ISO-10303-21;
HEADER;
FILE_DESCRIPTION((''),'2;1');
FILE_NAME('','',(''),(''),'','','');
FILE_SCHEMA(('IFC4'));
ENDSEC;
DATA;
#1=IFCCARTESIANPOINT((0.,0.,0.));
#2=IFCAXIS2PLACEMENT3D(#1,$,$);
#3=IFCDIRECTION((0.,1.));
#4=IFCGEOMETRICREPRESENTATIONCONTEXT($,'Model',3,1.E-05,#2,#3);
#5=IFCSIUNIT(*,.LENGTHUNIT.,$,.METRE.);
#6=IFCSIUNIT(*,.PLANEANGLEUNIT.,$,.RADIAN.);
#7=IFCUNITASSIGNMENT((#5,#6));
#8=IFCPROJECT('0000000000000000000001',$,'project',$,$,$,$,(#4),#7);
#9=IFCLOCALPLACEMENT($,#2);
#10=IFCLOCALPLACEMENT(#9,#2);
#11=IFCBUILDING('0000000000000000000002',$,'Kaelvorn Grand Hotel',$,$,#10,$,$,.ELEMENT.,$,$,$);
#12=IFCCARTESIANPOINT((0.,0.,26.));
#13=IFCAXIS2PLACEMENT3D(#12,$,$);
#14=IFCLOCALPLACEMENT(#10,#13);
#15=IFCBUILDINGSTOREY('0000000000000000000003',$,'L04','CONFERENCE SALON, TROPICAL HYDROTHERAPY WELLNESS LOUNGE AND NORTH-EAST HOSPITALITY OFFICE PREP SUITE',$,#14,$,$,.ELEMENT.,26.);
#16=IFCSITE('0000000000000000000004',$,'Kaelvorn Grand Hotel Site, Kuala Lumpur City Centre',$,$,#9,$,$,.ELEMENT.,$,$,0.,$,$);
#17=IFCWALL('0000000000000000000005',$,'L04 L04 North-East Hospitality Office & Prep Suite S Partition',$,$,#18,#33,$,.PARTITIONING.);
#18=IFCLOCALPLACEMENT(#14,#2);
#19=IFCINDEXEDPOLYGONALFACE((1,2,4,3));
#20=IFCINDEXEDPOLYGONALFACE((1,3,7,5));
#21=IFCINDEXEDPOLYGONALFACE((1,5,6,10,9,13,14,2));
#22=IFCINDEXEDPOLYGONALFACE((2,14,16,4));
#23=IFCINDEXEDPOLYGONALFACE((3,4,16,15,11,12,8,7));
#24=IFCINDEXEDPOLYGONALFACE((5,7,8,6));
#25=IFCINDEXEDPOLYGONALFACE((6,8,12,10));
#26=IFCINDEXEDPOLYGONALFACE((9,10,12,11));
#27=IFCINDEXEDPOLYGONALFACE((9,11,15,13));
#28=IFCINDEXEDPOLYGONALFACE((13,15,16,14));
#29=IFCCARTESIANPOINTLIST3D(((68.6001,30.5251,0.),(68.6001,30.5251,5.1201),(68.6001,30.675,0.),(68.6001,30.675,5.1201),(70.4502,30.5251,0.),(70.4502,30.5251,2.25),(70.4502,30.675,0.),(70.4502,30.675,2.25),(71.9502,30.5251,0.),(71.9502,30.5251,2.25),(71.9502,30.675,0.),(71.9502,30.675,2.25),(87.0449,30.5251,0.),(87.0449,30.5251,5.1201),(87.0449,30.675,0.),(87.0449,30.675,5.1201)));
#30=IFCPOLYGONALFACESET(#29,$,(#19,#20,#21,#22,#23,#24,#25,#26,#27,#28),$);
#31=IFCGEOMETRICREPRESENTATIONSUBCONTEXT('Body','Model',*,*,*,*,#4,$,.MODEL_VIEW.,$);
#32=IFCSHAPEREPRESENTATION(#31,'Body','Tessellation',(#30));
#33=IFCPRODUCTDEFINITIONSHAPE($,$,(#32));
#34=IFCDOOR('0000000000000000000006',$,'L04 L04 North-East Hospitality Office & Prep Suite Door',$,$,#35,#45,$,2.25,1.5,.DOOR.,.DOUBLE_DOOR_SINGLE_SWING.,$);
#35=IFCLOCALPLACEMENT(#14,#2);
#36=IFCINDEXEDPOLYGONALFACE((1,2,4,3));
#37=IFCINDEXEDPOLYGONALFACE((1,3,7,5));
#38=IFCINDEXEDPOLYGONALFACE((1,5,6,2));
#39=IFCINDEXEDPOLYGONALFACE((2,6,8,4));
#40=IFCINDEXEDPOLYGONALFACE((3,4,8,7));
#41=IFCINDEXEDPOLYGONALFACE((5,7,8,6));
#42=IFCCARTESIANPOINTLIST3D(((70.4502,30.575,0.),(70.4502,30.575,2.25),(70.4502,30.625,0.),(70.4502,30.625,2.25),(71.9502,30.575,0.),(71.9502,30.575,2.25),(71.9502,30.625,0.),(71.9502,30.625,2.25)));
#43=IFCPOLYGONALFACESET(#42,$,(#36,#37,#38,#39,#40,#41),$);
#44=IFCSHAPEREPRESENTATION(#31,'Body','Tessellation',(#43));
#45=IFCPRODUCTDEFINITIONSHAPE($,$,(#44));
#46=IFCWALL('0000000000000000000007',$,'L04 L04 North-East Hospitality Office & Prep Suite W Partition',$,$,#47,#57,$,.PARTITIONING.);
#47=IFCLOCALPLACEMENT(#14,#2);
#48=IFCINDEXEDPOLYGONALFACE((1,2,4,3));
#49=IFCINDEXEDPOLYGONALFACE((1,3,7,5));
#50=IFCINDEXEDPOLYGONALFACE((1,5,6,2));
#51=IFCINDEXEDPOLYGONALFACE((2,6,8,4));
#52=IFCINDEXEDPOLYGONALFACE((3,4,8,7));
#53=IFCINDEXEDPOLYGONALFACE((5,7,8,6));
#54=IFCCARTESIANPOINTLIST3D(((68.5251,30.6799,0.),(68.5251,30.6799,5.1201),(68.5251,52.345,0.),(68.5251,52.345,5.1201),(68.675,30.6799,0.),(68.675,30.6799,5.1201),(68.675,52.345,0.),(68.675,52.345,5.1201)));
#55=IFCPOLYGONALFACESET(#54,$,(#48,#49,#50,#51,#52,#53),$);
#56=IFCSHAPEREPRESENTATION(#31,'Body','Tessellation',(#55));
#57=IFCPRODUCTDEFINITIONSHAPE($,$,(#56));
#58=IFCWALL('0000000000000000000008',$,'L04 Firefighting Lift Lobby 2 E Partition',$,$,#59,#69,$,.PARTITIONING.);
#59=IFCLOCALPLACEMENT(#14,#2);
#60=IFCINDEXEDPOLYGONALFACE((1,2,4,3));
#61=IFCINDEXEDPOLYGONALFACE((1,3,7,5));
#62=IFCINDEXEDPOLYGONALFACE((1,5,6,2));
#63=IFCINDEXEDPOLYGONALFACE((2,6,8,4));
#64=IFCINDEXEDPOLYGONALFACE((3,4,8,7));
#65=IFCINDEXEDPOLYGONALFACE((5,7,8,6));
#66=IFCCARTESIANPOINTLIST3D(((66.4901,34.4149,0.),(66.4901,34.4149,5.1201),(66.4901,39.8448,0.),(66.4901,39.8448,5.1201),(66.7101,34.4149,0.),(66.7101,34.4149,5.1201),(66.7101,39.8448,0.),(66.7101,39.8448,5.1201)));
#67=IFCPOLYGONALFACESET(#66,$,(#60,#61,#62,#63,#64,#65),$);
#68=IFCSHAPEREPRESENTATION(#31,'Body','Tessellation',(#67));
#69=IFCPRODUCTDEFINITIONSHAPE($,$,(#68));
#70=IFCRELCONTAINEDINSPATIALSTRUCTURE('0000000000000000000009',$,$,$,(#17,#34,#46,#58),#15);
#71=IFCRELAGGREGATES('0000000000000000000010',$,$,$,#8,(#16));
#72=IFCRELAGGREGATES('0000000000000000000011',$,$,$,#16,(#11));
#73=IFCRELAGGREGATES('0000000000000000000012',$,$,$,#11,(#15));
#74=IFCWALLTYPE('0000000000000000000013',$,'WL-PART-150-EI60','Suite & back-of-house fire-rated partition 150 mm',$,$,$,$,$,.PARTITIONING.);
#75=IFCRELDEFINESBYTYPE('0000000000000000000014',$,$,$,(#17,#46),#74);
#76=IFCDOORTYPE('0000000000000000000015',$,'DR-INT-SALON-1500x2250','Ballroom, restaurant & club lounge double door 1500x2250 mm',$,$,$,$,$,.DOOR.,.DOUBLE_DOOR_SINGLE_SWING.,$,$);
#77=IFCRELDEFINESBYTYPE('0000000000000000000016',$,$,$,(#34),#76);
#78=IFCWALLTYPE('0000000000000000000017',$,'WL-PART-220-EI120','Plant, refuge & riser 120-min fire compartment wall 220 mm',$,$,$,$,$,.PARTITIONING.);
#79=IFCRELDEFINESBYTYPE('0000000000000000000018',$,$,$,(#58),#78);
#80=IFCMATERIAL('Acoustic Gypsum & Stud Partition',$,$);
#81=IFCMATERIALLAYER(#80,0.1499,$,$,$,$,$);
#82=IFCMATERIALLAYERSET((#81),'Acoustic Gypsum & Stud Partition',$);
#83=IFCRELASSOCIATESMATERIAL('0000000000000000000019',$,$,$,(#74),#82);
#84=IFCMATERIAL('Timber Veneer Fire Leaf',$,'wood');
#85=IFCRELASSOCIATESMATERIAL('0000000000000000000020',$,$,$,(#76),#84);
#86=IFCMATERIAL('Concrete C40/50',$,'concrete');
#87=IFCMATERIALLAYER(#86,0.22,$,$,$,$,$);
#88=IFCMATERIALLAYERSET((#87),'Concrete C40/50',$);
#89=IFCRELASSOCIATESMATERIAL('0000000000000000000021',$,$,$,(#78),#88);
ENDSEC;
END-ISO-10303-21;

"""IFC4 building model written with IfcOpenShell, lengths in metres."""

from ifc_helpers import new_model, si_unit, direction, frame, frame_2d, origin, place, context, subcontext, project, spatial, rectangle, extrude, material, layer, layer_set, type_object, element, fill, save


model = new_model("IFC4")

# Units and contexts
model_context = context("Model", 3, precision=1e-05, world=origin(), true_north=direction((0.0, 1.0)))
body_context = subcontext(model_context, "Body", "Model", "MODEL_VIEW")
ifc_project = project(units=[si_unit("LENGTHUNIT", "METRE"), si_unit("PLANEANGLEUNIT", "RADIAN")], contexts=[model_context])

# Site, building, storey
site_placement = place(None, origin())
site = spatial("IfcSite", under=ifc_project, at=site_placement, Name="Kaelvorn Grand Hotel Site, Kuala Lumpur City Centre", CompositionType="ELEMENT", RefElevation=0.0)
building_placement = place(site_placement, origin())
building = spatial("IfcBuilding", under=site, at=building_placement, Name="Kaelvorn Grand Hotel", CompositionType="ELEMENT")
storey_placement = place(building_placement, frame((0.0, 0.0, 26.0)))
storey = spatial("IfcBuildingStorey", under=building, at=storey_placement, Name="L04", Description="CONFERENCE SALON, TROPICAL HYDROTHERAPY WELLNESS LOUNGE AND NORTH-EAST HOSPITALITY OFFICE PREP SUITE", CompositionType="ELEMENT", Elevation=26.0)

# Shared definitions
ifc_material_1 = material(Name="Concrete C40/50", Category="concrete")

# Wall, opening, door
ifc_material_2 = material(Name="Acoustic Gypsum & Stud Partition")
ifc_layer_1 = layer(ifc_material_2, 0.1499)
ifc_layer_set_1 = layer_set([ifc_layer_1], Name="Acoustic Gypsum & Stud Partition")
wall_type_1 = type_object("IfcWallType", Name="WL-PART-150-EI60", Description="Suite & back-of-house fire-rated partition 150 mm", PredefinedType="PARTITIONING", material=ifc_layer_set_1)
wall_1_placement = place(storey_placement, frame((68.6001, 30.6001, 0.0), z_axis=(0.0, 0.0, 1.0), x_axis=(1.0, 0.0, 0.0)))
wall_1 = element("IfcWall", 1, at=wall_1_placement, inside=storey, type_object=wall_type_1, Name="L04 L04 North-East Hospitality Office & Prep Suite S Partition", PredefinedType="PARTITIONING", context=body_context, shape_type="SweptSolid", body=[
    extrude(rectangle(XDim=18.4448, YDim=0.1499, at=frame_2d((9.2224, 0.0))), origin(), (0.0, 0.0, 1.0), 5.1201),
])
opening_1_placement = place(wall_1_placement, frame((1.8501, 0.0, 0.0)))
opening_1 = element("IfcOpeningElement", 2, at=opening_1_placement, cuts=wall_1, PredefinedType="OPENING", context=body_context, shape_type="SweptSolid", body=[
    extrude(rectangle(XDim=1.5, YDim=2.25, at=frame_2d((0.75, 1.125))), frame((0.0, 0.085, 0.0), z_axis=(0.0, -1.0, 0.0), x_axis=(1.0, 0.0, 0.0)), (0.0, 0.0, 1.0), 0.1699),
])
ifc_material_3 = material(Name="Timber Veneer Fire Leaf", Category="wood")
door_type = type_object("IfcDoorType", Name="DR-INT-SALON-1500x2250", Description="Ballroom, restaurant & club lounge double door 1500x2250 mm", OperationType="DOUBLE_DOOR_SINGLE_SWING", PredefinedType="DOOR", material=ifc_material_3)
door_placement = place(opening_1_placement, origin())
door = element("IfcDoor", 3, at=door_placement, inside=storey, type_object=door_type, Name="L04 L04 North-East Hospitality Office & Prep Suite Door", OperationType="DOUBLE_DOOR_SINGLE_SWING", OverallHeight=2.25, OverallWidth=1.5, PredefinedType="DOOR", context=body_context, shape_type="SweptSolid", body=[
    extrude(rectangle(XDim=1.5, YDim=2.25, at=frame_2d((0.75, 1.125))), frame((0.0, 0.0249, 0.0), z_axis=(0.0, -1.0, 0.0), x_axis=(1.0, 0.0, 0.0)), (0.0, 0.0, 1.0), 0.05),
])
fill(opening_1, door)

# Walls
wall_2_placement = place(storey_placement, frame((68.6001, 30.6799, 0.0), z_axis=(0.0, 0.0, 1.0), x_axis=(0.0, 1.0, 0.0)))
element("IfcWall", 4, at=wall_2_placement, inside=storey, type_object=wall_type_1, Name="L04 L04 North-East Hospitality Office & Prep Suite W Partition", PredefinedType="PARTITIONING", context=body_context, shape_type="SweptSolid", body=[
    extrude(rectangle(XDim=21.665, YDim=0.1499, at=frame_2d((10.8325, 0.0))), origin(), (0.0, 0.0, 1.0), 5.1201),
])
ifc_layer_2 = layer(ifc_material_1, 0.22)
ifc_layer_set_2 = layer_set([ifc_layer_2], Name="Concrete C40/50")
wall_type_2 = type_object("IfcWallType", Name="WL-PART-220-EI120", Description="Plant, refuge & riser 120-min fire compartment wall 220 mm", PredefinedType="PARTITIONING", material=ifc_layer_set_2)
wall_3_placement = place(storey_placement, frame((66.6001, 34.415, 0.0), z_axis=(0.0, 0.0, 1.0), x_axis=(0.0, 1.0, 0.0)))
element("IfcWall", 5, at=wall_3_placement, inside=storey, type_object=wall_type_2, Name="L04 Firefighting Lift Lobby 2 E Partition", PredefinedType="PARTITIONING", context=body_context, shape_type="SweptSolid", body=[
    extrude(rectangle(XDim=5.4299, YDim=0.22, at=frame_2d((2.7148, 0.0))), origin(), (0.0, 0.0, 1.0), 5.1201),
])

save(model, "model.ifc")
